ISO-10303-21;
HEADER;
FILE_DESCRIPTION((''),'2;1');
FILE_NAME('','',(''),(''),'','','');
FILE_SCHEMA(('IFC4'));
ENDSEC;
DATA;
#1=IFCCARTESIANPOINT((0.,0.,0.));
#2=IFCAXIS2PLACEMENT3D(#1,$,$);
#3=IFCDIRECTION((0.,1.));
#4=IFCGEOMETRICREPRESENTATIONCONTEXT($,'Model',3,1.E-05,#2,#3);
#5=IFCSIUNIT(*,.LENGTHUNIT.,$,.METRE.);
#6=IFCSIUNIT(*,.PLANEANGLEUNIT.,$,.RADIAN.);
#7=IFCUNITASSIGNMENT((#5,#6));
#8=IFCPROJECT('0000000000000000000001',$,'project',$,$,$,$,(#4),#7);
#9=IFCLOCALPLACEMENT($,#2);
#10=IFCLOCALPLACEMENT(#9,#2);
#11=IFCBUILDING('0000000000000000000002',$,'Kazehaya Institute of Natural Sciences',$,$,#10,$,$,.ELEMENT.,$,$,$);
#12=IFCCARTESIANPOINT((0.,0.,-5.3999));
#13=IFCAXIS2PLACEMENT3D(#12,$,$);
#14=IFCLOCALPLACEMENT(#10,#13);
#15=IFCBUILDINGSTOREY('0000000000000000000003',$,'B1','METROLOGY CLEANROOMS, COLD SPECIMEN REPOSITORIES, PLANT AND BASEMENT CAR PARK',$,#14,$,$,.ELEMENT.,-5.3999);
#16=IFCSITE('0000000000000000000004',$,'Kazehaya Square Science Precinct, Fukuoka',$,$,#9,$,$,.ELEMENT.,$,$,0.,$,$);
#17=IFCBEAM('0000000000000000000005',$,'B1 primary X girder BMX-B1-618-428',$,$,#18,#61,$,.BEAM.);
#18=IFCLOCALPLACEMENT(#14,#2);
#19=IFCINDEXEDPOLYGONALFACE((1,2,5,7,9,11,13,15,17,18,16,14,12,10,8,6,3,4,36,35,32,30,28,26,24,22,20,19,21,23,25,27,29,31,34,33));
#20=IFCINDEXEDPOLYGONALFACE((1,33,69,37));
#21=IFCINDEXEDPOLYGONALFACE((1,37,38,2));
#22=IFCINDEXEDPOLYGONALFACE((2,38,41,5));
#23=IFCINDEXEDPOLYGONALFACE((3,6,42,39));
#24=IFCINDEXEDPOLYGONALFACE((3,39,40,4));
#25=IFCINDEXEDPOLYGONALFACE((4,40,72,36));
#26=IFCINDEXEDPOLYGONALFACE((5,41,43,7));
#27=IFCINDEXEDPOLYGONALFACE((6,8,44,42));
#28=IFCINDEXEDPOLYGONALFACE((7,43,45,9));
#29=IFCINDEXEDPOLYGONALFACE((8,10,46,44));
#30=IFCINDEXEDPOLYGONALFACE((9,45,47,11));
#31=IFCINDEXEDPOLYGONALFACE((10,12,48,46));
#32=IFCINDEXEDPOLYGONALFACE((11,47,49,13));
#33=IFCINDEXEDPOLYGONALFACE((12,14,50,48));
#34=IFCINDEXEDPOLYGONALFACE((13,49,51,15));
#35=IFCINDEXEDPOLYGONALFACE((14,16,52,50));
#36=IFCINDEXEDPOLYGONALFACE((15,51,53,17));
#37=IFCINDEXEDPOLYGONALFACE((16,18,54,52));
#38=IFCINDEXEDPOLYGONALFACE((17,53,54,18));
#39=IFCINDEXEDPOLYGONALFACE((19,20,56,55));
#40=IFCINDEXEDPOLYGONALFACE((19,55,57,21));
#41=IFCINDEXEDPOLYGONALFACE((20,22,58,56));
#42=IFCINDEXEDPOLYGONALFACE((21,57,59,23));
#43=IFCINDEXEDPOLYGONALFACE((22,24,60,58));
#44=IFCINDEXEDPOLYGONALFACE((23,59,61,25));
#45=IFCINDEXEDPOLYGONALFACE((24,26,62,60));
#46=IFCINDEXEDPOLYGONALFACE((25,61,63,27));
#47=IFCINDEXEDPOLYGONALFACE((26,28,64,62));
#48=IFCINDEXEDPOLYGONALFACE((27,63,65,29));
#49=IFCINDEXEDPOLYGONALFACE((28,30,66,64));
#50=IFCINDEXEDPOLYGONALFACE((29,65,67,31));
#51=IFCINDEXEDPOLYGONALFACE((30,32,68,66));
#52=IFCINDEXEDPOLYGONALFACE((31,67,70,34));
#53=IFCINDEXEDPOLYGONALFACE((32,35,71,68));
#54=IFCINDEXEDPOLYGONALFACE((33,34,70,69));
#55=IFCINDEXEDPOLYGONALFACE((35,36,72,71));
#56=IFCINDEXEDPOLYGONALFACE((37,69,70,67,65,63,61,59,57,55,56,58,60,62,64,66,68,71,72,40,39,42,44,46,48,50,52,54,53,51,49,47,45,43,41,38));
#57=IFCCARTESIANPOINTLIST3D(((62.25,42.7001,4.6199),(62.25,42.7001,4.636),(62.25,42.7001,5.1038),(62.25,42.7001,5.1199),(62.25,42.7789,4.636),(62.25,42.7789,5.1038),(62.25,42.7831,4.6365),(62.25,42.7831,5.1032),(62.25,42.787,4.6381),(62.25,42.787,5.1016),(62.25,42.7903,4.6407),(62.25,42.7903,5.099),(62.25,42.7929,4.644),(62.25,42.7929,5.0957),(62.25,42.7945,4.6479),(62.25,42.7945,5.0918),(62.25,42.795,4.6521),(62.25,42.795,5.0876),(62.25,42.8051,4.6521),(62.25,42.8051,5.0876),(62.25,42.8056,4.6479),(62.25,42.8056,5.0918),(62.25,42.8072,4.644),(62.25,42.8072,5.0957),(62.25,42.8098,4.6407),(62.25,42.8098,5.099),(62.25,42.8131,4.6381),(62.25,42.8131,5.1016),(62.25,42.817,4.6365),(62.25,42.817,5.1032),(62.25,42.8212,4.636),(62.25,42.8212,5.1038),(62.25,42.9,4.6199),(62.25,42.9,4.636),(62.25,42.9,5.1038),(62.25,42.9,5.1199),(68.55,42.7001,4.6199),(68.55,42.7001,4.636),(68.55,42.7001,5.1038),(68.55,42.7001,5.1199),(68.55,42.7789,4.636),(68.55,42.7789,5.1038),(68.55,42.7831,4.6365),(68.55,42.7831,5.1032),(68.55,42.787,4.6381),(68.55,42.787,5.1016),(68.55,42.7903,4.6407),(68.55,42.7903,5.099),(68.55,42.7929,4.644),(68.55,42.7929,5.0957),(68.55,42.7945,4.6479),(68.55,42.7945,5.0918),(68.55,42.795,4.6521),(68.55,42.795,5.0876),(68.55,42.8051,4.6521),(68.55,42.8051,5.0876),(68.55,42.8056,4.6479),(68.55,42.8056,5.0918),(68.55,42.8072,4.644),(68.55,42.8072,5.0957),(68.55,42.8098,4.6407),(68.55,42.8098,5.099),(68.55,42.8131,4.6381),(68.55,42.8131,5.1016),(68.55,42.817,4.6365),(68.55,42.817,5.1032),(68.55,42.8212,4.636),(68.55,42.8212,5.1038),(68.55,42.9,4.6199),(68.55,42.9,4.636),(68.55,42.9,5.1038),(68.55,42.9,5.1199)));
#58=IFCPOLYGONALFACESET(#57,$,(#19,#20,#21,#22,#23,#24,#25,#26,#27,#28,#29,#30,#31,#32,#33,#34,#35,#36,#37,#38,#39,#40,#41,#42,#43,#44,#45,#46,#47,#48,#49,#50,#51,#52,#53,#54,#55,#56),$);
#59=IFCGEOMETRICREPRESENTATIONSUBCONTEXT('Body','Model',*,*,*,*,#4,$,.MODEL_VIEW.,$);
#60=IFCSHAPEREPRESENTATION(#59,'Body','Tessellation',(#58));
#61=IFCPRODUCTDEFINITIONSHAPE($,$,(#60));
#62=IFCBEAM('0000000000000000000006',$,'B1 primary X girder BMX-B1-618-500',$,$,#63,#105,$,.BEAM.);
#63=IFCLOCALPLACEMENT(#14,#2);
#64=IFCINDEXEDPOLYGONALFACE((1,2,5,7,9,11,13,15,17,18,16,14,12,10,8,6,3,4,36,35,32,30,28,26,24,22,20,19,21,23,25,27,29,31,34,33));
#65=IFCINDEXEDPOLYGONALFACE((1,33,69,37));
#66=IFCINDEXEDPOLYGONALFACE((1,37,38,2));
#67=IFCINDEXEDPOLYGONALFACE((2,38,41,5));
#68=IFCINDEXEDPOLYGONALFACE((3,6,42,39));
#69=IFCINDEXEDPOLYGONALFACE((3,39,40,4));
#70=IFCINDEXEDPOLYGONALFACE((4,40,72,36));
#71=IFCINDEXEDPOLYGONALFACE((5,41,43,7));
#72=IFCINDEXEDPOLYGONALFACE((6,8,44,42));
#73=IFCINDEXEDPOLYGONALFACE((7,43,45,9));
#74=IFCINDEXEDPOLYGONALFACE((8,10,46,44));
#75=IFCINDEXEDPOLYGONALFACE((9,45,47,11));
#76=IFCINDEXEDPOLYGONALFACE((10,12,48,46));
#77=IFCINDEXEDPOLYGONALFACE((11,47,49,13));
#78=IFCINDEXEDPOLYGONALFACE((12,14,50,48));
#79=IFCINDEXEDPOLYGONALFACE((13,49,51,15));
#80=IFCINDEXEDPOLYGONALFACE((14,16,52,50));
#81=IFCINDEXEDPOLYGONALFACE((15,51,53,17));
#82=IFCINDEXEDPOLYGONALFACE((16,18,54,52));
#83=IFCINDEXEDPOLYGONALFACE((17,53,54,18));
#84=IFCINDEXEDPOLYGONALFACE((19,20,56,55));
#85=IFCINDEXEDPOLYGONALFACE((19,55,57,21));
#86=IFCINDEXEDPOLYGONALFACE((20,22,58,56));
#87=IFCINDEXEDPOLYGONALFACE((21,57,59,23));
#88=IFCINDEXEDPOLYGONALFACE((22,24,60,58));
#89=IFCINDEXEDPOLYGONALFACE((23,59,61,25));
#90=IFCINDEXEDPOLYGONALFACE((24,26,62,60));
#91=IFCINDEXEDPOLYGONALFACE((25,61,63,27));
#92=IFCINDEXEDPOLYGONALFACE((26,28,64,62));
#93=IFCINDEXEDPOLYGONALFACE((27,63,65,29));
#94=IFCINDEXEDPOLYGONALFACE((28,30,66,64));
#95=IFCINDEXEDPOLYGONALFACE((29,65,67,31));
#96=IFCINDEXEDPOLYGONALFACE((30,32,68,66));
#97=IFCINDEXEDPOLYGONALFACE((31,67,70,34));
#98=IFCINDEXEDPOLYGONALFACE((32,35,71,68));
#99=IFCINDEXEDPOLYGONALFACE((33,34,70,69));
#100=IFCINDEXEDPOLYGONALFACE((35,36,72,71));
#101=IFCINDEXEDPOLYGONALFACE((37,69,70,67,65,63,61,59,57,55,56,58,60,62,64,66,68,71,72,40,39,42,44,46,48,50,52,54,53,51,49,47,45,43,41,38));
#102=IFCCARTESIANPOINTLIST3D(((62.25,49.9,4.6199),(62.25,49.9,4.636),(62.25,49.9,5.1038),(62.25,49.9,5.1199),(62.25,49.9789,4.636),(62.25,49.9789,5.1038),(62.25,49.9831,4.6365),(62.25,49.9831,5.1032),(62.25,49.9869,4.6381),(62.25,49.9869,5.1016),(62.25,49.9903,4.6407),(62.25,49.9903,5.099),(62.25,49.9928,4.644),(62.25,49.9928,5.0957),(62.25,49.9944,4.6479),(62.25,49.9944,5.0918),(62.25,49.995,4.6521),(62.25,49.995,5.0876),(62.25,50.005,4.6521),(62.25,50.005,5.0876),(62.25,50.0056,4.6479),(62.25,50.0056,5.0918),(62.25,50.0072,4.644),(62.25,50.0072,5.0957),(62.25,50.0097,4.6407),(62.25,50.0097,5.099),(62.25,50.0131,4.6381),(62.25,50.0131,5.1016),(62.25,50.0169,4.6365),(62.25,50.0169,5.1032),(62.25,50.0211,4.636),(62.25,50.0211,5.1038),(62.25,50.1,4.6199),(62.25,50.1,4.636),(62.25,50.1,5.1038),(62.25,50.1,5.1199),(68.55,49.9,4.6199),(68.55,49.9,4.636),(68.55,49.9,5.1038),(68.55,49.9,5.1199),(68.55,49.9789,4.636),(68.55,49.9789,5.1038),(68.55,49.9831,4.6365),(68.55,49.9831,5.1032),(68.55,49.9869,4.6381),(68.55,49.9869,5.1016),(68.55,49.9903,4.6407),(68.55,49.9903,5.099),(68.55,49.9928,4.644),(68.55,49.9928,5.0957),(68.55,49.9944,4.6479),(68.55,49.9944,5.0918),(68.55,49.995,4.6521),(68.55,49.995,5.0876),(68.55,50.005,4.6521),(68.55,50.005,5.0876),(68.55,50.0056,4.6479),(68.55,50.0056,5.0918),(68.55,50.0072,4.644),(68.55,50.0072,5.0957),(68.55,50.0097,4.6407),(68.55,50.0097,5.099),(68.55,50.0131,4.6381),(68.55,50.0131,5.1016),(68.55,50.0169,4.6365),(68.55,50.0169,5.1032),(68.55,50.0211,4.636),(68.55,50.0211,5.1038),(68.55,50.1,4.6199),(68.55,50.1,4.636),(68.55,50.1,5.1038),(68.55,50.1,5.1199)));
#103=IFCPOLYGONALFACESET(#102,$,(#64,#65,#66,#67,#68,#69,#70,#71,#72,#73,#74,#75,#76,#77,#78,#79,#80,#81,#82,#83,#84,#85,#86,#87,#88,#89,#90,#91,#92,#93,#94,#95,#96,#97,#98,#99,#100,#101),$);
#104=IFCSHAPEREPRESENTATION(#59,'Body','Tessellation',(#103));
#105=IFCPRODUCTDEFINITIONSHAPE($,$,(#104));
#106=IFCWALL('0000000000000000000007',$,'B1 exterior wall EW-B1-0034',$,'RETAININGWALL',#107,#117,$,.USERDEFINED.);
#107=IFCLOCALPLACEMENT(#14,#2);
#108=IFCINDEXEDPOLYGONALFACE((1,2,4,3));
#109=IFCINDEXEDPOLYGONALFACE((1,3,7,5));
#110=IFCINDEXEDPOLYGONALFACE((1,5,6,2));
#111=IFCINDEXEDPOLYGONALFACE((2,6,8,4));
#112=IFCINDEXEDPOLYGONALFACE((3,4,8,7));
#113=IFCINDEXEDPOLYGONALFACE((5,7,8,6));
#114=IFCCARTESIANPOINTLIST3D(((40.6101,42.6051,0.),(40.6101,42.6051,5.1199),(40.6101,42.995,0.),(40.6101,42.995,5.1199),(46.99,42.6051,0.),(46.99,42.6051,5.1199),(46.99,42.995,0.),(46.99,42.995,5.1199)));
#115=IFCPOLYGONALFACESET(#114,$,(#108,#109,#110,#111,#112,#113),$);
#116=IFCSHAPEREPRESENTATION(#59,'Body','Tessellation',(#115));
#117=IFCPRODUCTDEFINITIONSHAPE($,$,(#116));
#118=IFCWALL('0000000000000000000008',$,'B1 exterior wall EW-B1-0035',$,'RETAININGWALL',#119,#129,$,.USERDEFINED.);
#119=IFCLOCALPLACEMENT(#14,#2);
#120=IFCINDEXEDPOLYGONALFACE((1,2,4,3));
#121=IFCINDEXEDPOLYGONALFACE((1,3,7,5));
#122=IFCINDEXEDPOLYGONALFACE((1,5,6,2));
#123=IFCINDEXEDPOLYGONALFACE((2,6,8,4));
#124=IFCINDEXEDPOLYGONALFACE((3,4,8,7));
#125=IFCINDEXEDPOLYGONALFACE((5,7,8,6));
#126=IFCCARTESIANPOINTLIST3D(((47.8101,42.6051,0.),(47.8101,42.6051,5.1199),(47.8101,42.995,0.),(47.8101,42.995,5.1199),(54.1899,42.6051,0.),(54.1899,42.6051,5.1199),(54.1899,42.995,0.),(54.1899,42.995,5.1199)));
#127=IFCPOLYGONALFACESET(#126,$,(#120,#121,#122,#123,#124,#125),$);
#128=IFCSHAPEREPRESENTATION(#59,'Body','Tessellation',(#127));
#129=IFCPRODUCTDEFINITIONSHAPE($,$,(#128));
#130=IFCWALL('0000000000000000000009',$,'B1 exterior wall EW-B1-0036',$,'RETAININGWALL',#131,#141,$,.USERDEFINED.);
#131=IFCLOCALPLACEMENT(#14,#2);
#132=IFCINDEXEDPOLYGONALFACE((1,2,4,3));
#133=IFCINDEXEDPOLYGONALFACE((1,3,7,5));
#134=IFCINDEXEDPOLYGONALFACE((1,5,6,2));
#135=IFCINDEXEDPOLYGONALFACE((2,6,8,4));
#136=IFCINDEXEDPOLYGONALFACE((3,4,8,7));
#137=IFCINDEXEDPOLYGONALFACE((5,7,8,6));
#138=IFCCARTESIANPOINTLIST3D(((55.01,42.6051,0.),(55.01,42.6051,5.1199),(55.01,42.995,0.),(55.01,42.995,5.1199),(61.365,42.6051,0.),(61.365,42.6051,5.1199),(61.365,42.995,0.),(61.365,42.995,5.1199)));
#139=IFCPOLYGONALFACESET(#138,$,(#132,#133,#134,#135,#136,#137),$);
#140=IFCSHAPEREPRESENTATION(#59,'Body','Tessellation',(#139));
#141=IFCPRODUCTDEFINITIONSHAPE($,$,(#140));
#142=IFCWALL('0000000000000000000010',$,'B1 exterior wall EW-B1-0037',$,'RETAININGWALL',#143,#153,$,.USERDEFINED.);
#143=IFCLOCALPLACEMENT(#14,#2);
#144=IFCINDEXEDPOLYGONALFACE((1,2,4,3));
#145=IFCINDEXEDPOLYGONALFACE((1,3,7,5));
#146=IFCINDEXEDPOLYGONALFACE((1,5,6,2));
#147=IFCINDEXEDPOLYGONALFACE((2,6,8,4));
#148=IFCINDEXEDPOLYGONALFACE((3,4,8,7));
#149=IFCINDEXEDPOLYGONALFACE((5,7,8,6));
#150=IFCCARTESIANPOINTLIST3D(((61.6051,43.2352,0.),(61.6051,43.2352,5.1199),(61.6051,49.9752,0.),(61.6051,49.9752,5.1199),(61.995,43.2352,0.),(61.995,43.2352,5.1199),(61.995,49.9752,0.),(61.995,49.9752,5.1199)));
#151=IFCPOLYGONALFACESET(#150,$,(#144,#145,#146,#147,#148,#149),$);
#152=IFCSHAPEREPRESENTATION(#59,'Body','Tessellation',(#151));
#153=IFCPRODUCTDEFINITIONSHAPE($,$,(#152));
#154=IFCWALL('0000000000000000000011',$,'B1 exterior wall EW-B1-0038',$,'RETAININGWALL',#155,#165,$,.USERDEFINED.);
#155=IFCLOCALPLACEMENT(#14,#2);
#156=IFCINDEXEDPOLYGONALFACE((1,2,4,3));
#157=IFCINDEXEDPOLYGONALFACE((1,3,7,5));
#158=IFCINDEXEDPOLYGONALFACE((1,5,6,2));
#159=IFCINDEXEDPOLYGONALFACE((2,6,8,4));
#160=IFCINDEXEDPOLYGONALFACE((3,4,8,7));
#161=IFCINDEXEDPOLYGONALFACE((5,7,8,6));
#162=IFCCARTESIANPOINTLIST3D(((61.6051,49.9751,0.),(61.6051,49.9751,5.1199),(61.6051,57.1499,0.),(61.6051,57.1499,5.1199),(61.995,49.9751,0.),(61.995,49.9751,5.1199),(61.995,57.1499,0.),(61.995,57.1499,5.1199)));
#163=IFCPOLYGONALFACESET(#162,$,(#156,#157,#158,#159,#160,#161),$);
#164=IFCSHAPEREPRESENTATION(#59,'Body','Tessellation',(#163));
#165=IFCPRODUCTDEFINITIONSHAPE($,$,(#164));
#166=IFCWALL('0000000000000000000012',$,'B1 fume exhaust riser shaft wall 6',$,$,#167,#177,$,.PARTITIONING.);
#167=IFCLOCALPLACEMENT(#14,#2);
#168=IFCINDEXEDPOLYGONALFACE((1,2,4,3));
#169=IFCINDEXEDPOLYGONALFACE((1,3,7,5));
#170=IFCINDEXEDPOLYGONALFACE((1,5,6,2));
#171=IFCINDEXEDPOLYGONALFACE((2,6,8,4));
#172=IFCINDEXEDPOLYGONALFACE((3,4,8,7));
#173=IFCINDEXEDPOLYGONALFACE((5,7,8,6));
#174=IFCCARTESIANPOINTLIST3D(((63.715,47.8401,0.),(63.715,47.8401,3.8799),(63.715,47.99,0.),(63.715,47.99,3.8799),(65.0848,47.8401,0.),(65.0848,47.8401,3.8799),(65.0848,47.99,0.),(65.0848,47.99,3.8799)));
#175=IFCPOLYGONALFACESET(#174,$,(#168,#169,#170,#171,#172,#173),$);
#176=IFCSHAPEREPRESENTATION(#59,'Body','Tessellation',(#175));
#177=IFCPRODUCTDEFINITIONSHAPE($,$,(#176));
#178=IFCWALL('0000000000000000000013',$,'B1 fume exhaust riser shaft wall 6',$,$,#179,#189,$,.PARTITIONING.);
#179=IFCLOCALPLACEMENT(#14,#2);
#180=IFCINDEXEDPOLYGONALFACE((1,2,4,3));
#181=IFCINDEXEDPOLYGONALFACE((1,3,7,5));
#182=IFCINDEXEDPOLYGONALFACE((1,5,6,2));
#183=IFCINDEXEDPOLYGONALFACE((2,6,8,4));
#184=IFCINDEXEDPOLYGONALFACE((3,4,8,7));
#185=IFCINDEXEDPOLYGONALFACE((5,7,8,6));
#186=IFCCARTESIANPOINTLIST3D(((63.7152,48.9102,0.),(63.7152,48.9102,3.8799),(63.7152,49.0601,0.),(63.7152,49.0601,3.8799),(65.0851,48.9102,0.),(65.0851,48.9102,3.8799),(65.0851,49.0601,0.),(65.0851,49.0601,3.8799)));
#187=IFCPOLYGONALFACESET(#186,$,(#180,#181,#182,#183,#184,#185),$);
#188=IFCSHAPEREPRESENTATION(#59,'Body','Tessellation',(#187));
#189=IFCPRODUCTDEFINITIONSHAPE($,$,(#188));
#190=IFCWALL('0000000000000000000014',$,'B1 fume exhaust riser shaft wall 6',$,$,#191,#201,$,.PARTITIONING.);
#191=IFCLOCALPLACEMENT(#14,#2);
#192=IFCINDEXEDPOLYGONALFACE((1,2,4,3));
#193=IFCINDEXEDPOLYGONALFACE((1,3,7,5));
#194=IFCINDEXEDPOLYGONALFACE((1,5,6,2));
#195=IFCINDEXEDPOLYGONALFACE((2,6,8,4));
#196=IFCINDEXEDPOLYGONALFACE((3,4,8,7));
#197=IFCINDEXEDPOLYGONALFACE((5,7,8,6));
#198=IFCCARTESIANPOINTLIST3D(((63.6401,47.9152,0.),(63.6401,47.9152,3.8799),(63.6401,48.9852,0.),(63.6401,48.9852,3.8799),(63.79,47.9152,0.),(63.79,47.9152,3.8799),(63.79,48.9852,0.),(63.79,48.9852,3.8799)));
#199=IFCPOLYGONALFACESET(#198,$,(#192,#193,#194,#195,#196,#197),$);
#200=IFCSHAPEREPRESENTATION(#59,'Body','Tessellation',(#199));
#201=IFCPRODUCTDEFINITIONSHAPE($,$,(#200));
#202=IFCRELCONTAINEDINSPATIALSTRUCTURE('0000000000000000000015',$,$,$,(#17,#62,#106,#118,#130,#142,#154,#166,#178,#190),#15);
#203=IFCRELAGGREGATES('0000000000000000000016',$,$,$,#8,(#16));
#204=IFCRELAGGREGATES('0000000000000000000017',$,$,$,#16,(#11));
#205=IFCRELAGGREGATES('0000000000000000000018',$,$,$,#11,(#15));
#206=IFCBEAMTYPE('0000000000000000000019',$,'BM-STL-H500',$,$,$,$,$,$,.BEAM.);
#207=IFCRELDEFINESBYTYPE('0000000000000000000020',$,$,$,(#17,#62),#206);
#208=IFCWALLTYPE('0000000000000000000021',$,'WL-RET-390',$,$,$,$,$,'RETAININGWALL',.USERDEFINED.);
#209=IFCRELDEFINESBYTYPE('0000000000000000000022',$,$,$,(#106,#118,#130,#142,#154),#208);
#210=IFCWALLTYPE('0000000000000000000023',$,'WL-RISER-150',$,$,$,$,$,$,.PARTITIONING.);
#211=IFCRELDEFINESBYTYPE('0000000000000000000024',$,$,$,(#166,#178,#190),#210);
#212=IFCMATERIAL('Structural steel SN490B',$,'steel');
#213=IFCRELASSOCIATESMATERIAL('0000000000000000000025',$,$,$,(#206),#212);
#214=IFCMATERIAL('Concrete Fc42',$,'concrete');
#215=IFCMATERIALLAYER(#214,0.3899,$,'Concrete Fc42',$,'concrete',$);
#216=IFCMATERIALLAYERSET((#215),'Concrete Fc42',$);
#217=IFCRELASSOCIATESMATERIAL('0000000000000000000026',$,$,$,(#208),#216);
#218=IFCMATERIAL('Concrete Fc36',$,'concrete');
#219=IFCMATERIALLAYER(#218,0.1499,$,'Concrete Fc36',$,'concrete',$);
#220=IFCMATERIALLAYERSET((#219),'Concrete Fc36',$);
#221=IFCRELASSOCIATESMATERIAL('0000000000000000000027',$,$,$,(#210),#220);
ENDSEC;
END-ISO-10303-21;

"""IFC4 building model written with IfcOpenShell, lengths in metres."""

from ifc_helpers import new_model, si_unit, direction, frame, frame_2d, origin, origin_2d, place, context, subcontext, project, spatial, rectangle, i_section, extrude, material, layer, layer_set, material_profile, profile_set, type_object, element, save


model = new_model("IFC4")

# Units and contexts
model_context = context("Model", 3, precision=1e-05, world=origin(), true_north=direction((0.0, 1.0)))
body_context = subcontext(model_context, "Body", "Model", "MODEL_VIEW")
ifc_project = project(units=[si_unit("LENGTHUNIT", "METRE"), si_unit("PLANEANGLEUNIT", "RADIAN")], contexts=[model_context])

# Site, building, storey
site_placement = place(None, origin())
site = spatial("IfcSite", under=ifc_project, at=site_placement, Name="Kazehaya Square Science Precinct, Fukuoka", CompositionType="ELEMENT", RefElevation=0.0)
building_placement = place(site_placement, origin())
building = spatial("IfcBuilding", under=site, at=building_placement, Name="Kazehaya Institute of Natural Sciences", CompositionType="ELEMENT")
storey_placement = place(building_placement, frame((0.0, 0.0, -5.3999)))
storey = spatial("IfcBuildingStorey", under=building, at=storey_placement, Name="B1", Description="METROLOGY CLEANROOMS, COLD SPECIMEN REPOSITORIES, PLANT AND BASEMENT CAR PARK", CompositionType="ELEMENT", Elevation=-5.3999)

# Shared definitions
ifc_material_1 = material(Name="Concrete Fc36", Category="concrete")

# Shared definitions
ifc_material_2 = material(Name="Concrete Fc42", Category="concrete")

# Beams
ifc_material_3 = material(Name="Structural steel SN490B", Category="steel")
ifc_material_profile_1 = material_profile(ifc_material_3, i_section(OverallWidth=0.2, OverallDepth=0.5, WebThickness=0.01, FlangeThickness=0.0161, FilletRadius=0.0161, at=origin_2d()), Name="H-500x200x10x16")
ifc_profile_set_1 = profile_set([ifc_material_profile_1], Name="Structural steel SN490B")
beam_type = type_object("IfcBeamType", Name="BM-STL-H500", PredefinedType="BEAM", material=ifc_profile_set_1)
for number, where, z_axis, x_axis, name in (
    (1, (62.25, 42.8, 4.8699), (1.0, 0.0, 0.0), (0.0, 1.0, 0.0), "B1 primary X girder BMX-B1-618-428"),
    (2, (62.25, 50.0, 4.8699), (1.0, 0.0, 0.0), (0.0, 1.0, 0.0), "B1 primary X girder BMX-B1-618-500"),
):
    element("IfcBeam", number, at=place(storey_placement, frame(where, z_axis=z_axis, x_axis=x_axis)), inside=storey, type_object=beam_type, Name=name, PredefinedType="BEAM", context=body_context, shape_type="SweptSolid", body=[
        extrude(i_section(OverallWidth=0.2, OverallDepth=0.5, WebThickness=0.01, FlangeThickness=0.0161, FilletRadius=0.0161, at=origin_2d()), origin(), (0.0, 0.0, 1.0), 6.3),
    ])

# Walls
ifc_layer_1 = layer(ifc_material_2, 0.3899, Name="Concrete Fc42", Category="concrete")
ifc_layer_set_1 = layer_set([ifc_layer_1], Name="Concrete Fc42")
wall_type_1 = type_object("IfcWallType", Name="WL-RET-390", ElementType="RETAININGWALL", PredefinedType="USERDEFINED", material=ifc_layer_set_1)
for number, where, z_axis, x_axis, name in (
    (3, (40.6101, 42.8, 0.0), (0.0, 0.0, 1.0), (1.0, 0.0, 0.0), "B1 exterior wall EW-B1-0034"),
    (4, (47.8101, 42.8, 0.0), (0.0, 0.0, 1.0), (1.0, 0.0, 0.0), "B1 exterior wall EW-B1-0035"),
):
    element("IfcWall", number, at=place(storey_placement, frame(where, z_axis=z_axis, x_axis=x_axis)), inside=storey, type_object=wall_type_1, Name=name, ObjectType="RETAININGWALL", PredefinedType="USERDEFINED", context=body_context, shape_type="SweptSolid", body=[
        extrude(rectangle(XDim=6.3799, YDim=0.3899, at=frame_2d((3.1899, 0.0))), origin(), (0.0, 0.0, 1.0), 5.1199),
    ])
wall_1_placement = place(storey_placement, frame((55.01, 42.8, 0.0), z_axis=(0.0, 0.0, 1.0), x_axis=(1.0, 0.0, 0.0)))
element("IfcWall", 5, at=wall_1_placement, inside=storey, type_object=wall_type_1, Name="B1 exterior wall EW-B1-0036", ObjectType="RETAININGWALL", PredefinedType="USERDEFINED", context=body_context, shape_type="SweptSolid", body=[
    extrude(rectangle(XDim=6.355, YDim=0.3899, at=frame_2d((3.1775, 0.0))), origin(), (0.0, 0.0, 1.0), 5.1199),
])
wall_2_placement = place(storey_placement, frame((61.8, 43.2351, 0.0), z_axis=(0.0, 0.0, 1.0), x_axis=(0.0, 1.0, 0.0)))
element("IfcWall", 6, at=wall_2_placement, inside=storey, type_object=wall_type_1, Name="B1 exterior wall EW-B1-0037", ObjectType="RETAININGWALL", PredefinedType="USERDEFINED", context=body_context, shape_type="SweptSolid", body=[
    extrude(rectangle(XDim=6.74, YDim=0.3899, at=frame_2d((3.3701, 0.0))), origin(), (0.0, 0.0, 1.0), 5.1199),
])
wall_3_placement = place(storey_placement, frame((61.8, 49.9751, 0.0), z_axis=(0.0, 0.0, 1.0), x_axis=(0.0, 1.0, 0.0)))
element("IfcWall", 7, at=wall_3_placement, inside=storey, type_object=wall_type_1, Name="B1 exterior wall EW-B1-0038", ObjectType="RETAININGWALL", PredefinedType="USERDEFINED", context=body_context, shape_type="SweptSolid", body=[
    extrude(rectangle(XDim=7.1748, YDim=0.3899, at=frame_2d((3.5874, 0.0))), origin(), (0.0, 0.0, 1.0), 5.1199),
])
ifc_layer_2 = layer(ifc_material_1, 0.1499, Name="Concrete Fc36", Category="concrete")
ifc_layer_set_2 = layer_set([ifc_layer_2], Name="Concrete Fc36")
wall_type_2 = type_object("IfcWallType", Name="WL-RISER-150", PredefinedType="PARTITIONING", material=ifc_layer_set_2)
for number, where, z_axis, x_axis, name in (
    (8, (65.085, 47.915, 0.0), (0.0, 0.0, 1.0), (-1.0, 0.0, 0.0), "B1 fume exhaust riser shaft wall 6"),
    (9, (63.7151, 48.9851, 0.0), (0.0, 0.0, 1.0), (1.0, 0.0, 0.0), "B1 fume exhaust riser shaft wall 6"),
):
    element("IfcWall", number, at=place(storey_placement, frame(where, z_axis=z_axis, x_axis=x_axis)), inside=storey, type_object=wall_type_2, Name=name, PredefinedType="PARTITIONING", context=body_context, shape_type="SweptSolid", body=[
        extrude(rectangle(XDim=1.3699, YDim=0.1499, at=frame_2d((0.6851, 0.0))), origin(), (0.0, 0.0, 1.0), 3.8799),
    ])
for number, where, z_axis, x_axis, name in (
    (10, (63.7151, 47.915, 0.0), (0.0, 0.0, 1.0), (0.0, 1.0, 0.0), "B1 fume exhaust riser shaft wall 6"),
):
    element("IfcWall", number, at=place(storey_placement, frame(where, z_axis=z_axis, x_axis=x_axis)), inside=storey, type_object=wall_type_2, Name=name, PredefinedType="PARTITIONING", context=body_context, shape_type="SweptSolid", body=[
        extrude(rectangle(XDim=1.0701, YDim=0.1499, at=frame_2d((0.5352, 0.0))), origin(), (0.0, 0.0, 1.0), 3.8799),
    ])

save(model, "model.ifc")
